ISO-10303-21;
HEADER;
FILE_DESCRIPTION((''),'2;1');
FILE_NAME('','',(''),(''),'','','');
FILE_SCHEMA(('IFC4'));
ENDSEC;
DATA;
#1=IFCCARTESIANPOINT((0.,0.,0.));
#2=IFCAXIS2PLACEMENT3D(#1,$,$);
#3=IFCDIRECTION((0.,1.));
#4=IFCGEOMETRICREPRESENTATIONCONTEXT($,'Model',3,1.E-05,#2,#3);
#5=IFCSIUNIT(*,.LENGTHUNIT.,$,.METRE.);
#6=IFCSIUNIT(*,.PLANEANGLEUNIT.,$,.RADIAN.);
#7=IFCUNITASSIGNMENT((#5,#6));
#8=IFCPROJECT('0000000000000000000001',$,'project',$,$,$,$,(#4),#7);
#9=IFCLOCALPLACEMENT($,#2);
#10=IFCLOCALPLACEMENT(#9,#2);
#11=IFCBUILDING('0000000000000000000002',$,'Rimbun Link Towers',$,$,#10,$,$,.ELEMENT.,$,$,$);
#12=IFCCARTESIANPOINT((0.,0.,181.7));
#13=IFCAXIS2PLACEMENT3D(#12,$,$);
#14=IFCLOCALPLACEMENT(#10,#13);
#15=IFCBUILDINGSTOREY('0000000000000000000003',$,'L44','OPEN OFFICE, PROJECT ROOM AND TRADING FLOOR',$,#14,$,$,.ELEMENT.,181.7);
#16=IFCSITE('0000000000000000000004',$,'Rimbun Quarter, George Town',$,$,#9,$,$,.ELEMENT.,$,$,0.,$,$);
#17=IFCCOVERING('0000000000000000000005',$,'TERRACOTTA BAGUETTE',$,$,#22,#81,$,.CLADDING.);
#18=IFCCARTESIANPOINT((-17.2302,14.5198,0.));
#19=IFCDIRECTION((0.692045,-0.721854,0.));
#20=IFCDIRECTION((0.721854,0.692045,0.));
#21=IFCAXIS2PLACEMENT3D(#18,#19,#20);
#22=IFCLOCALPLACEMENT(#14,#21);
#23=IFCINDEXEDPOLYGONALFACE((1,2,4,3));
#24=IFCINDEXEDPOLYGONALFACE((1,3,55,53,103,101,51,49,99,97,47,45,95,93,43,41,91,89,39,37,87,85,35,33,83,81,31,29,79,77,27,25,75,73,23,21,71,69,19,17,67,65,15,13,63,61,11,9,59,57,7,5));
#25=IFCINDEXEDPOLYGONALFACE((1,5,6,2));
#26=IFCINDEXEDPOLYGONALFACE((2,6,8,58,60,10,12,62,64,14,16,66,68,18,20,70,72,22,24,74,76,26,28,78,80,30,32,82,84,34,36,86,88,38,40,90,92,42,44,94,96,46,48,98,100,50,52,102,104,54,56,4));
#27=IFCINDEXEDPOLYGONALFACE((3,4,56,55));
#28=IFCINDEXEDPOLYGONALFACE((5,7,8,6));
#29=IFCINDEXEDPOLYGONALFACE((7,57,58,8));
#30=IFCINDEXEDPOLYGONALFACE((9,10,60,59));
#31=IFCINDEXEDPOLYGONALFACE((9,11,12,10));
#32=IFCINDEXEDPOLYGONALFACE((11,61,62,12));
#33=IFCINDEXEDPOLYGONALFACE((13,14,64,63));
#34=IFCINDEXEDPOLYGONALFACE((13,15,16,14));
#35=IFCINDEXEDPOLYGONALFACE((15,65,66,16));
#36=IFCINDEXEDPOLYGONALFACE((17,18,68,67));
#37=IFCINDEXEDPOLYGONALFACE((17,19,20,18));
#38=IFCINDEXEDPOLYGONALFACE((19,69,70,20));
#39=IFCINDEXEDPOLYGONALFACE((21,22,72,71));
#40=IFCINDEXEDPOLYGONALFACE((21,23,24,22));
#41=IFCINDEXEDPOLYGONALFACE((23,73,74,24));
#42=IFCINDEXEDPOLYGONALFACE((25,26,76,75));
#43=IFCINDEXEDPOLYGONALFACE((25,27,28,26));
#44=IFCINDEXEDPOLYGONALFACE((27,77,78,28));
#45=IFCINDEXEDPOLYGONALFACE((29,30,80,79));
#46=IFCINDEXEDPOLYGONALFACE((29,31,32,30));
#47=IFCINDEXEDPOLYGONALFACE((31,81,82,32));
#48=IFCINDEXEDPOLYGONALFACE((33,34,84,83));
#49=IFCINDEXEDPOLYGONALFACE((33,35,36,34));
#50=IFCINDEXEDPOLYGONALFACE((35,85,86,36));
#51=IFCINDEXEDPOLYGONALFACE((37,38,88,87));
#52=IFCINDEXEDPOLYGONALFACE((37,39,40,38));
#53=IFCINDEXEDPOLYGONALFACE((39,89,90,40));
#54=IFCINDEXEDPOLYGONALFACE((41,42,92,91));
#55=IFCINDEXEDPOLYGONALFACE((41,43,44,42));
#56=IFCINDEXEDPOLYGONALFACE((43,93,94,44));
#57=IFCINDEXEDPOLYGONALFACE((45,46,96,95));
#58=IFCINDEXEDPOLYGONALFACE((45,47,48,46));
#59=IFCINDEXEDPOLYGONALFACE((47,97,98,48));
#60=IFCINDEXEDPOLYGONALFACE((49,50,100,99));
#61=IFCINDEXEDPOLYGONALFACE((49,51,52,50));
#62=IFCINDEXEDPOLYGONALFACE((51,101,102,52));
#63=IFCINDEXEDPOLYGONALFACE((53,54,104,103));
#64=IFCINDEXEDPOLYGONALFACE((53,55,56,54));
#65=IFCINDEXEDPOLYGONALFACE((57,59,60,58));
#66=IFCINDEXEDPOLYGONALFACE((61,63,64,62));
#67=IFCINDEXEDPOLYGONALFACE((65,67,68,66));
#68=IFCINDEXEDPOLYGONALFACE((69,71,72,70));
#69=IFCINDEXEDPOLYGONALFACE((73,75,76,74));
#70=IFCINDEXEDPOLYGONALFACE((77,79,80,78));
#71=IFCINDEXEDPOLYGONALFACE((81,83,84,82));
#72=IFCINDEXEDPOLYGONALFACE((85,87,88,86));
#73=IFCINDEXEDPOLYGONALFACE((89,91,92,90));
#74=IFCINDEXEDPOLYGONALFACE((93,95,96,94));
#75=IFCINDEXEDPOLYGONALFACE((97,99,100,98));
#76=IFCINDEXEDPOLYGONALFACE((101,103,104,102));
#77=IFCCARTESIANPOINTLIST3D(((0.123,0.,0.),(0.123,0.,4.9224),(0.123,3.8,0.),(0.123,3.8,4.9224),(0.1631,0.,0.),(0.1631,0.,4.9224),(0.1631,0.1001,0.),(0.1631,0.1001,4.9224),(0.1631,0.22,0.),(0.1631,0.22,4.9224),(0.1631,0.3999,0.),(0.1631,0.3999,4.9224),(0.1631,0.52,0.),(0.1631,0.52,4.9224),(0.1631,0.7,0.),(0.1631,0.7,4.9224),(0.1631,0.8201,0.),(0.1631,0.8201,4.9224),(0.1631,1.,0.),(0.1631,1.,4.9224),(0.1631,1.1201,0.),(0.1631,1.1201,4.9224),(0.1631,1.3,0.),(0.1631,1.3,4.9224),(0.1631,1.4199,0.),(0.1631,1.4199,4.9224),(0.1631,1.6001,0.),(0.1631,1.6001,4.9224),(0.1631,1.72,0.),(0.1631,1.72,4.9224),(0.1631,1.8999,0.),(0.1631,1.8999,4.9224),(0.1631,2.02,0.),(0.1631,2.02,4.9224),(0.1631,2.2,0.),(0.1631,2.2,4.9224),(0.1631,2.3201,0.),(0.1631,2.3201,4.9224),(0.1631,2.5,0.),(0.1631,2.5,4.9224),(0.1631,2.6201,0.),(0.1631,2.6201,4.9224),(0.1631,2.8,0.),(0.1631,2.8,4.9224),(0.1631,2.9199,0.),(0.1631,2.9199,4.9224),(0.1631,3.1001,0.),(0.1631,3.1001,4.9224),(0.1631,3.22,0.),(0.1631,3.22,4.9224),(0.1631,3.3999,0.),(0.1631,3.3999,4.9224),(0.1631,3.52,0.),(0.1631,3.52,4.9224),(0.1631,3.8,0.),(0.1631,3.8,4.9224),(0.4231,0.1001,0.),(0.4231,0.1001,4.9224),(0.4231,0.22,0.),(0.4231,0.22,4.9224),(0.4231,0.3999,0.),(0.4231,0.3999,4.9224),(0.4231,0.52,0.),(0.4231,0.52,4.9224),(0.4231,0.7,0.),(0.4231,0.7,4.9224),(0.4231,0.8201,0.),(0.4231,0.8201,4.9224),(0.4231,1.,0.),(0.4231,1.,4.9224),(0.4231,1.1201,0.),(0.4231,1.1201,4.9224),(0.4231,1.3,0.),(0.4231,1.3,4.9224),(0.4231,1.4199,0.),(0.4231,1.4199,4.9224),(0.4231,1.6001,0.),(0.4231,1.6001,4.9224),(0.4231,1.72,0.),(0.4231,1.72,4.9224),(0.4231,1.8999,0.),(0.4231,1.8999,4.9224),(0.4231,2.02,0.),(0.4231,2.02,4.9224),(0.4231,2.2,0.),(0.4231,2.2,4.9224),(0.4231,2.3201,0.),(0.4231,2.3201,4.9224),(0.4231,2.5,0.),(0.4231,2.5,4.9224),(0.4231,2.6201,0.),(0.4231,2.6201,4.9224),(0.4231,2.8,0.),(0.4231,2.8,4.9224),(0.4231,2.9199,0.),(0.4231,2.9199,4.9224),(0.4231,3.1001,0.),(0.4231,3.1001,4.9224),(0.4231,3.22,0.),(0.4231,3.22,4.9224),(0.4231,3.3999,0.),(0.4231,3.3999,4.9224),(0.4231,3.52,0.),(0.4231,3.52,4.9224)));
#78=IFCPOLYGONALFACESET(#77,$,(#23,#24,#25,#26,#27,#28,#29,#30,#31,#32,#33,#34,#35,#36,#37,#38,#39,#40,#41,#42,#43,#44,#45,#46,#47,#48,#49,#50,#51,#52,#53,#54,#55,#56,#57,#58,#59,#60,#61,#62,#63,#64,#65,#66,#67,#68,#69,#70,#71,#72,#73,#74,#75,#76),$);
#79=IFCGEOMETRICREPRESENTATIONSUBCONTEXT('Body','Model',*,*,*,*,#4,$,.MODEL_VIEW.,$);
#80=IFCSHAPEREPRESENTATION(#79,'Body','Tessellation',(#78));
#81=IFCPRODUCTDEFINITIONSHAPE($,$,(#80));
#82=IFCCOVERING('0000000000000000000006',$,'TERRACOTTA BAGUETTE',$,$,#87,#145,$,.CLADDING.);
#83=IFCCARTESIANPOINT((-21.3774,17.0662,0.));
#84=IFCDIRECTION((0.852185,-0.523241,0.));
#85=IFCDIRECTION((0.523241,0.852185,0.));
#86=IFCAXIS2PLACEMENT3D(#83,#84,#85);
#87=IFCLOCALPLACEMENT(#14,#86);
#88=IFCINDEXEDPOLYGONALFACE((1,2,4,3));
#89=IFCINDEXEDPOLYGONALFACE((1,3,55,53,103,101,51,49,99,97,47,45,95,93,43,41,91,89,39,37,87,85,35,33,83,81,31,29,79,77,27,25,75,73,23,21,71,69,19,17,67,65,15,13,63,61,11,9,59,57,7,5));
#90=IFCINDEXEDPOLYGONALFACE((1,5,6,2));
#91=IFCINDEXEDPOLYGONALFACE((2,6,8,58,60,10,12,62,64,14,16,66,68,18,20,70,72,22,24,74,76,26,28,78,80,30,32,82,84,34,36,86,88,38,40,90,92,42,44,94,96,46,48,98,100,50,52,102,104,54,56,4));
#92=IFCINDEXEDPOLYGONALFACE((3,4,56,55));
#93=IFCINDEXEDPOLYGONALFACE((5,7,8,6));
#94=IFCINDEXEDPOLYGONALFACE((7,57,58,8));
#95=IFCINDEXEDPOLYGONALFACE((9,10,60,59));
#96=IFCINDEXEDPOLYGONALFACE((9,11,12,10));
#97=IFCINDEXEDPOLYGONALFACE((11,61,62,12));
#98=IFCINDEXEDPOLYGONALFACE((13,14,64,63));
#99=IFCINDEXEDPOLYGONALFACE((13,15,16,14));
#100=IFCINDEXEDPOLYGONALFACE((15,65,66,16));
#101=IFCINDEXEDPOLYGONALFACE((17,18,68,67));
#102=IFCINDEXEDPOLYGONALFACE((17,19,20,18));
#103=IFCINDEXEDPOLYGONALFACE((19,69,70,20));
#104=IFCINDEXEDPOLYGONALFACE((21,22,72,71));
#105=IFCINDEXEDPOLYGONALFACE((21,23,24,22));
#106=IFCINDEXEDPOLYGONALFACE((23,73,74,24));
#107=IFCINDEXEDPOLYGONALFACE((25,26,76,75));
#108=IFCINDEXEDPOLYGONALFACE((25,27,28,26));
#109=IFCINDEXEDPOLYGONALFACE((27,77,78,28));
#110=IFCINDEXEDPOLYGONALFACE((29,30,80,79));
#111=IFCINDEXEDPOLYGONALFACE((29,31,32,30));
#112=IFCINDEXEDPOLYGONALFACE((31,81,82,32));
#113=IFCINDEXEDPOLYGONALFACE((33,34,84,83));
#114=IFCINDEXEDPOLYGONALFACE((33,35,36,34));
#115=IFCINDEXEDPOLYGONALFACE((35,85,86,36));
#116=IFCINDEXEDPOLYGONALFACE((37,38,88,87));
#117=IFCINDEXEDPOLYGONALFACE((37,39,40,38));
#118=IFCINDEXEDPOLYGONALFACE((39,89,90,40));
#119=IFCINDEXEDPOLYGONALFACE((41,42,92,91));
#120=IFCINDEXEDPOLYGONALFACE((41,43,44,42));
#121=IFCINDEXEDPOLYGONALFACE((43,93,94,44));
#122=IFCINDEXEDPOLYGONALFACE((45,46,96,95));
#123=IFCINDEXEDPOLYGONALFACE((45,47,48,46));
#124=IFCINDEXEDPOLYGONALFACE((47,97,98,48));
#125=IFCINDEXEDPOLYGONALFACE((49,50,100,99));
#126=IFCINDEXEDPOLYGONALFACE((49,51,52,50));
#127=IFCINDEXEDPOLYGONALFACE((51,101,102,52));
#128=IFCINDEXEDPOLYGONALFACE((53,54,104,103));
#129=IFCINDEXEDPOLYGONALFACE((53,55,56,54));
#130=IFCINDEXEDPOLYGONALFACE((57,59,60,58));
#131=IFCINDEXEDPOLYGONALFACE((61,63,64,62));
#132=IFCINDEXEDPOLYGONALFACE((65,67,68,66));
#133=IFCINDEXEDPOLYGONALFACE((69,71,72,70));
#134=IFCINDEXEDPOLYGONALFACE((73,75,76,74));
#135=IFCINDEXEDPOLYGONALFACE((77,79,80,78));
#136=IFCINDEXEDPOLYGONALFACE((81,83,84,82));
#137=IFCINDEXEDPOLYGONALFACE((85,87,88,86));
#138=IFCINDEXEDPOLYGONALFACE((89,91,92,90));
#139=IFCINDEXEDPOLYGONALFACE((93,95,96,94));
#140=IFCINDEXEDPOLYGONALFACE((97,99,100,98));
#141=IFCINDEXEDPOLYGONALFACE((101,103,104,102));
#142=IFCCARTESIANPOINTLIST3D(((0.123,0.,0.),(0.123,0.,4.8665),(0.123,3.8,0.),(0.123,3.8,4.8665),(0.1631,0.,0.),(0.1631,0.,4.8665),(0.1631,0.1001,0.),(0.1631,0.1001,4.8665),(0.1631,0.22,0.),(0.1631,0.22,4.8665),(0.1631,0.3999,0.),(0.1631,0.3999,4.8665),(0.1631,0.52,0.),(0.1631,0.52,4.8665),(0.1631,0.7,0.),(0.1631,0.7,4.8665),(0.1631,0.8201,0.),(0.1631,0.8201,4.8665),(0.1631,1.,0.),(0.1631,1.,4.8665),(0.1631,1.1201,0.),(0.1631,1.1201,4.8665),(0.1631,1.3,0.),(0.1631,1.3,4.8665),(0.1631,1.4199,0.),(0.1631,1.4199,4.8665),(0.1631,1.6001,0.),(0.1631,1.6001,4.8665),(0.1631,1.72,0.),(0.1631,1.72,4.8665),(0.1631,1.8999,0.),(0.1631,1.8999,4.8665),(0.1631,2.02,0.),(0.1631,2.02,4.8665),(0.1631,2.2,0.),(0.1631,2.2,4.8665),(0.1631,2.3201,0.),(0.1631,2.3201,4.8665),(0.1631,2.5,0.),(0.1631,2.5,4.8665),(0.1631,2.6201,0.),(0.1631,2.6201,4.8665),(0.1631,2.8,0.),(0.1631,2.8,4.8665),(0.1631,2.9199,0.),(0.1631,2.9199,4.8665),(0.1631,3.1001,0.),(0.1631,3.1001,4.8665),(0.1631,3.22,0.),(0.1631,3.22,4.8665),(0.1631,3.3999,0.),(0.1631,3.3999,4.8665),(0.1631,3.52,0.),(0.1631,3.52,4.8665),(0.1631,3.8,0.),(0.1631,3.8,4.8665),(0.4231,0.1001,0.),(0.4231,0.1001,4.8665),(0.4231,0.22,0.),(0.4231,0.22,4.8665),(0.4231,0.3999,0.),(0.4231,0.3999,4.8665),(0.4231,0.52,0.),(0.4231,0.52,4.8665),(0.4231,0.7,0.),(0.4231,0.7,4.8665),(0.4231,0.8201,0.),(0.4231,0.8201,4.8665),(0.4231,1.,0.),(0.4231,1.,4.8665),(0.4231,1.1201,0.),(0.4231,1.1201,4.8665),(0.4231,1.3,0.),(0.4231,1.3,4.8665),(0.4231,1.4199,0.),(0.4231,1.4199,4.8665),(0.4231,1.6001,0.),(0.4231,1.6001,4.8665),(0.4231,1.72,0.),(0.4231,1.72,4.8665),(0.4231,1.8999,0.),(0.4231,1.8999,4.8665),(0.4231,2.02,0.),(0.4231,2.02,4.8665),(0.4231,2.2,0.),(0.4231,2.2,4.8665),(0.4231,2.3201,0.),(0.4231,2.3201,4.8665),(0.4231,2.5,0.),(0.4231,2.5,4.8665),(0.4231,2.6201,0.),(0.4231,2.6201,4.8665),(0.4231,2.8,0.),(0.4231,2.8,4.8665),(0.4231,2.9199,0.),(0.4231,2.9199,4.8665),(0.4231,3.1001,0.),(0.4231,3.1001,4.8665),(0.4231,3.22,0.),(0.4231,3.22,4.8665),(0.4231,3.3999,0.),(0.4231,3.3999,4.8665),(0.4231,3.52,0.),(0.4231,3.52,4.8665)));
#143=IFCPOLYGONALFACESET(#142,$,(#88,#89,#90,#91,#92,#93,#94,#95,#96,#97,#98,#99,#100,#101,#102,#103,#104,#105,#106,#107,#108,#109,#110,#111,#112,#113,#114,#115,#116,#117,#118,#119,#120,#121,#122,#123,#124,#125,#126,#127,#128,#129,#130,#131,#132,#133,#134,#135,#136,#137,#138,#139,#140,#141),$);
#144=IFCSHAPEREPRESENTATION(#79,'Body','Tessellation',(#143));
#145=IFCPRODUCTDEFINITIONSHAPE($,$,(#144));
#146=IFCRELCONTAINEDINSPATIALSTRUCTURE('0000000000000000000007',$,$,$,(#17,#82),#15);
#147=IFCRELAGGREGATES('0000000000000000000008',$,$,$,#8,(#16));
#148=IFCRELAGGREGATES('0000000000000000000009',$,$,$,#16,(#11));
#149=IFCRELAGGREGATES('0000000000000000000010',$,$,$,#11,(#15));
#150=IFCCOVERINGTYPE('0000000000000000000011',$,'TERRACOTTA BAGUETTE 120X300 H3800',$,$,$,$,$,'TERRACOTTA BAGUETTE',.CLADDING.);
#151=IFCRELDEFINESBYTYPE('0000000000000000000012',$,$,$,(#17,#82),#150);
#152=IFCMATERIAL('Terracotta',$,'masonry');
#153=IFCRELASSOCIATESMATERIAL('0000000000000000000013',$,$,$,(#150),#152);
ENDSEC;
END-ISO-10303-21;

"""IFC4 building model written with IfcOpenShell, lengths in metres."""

from ifc_helpers import new_model, si_unit, direction, frame, origin, place, context, subcontext, project, spatial, polyline, outline, extrude, material, material_profile, profile_set, type_object, element, save


model = new_model("IFC4")

# Units and contexts
model_context = context("Model", 3, precision=1e-05, world=origin(), true_north=direction((0.0, 1.0)))
body_context = subcontext(model_context, "Body", "Model", "MODEL_VIEW")
ifc_project = project(units=[si_unit("LENGTHUNIT", "METRE"), si_unit("PLANEANGLEUNIT", "RADIAN")], contexts=[model_context])

# Site, building, storey
site_placement = place(None, origin())
site = spatial("IfcSite", under=ifc_project, at=site_placement, Name="Rimbun Quarter, George Town", CompositionType="ELEMENT", RefElevation=0.0)
building_placement = place(site_placement, origin())
building = spatial("IfcBuilding", under=site, at=building_placement, Name="Rimbun Link Towers", CompositionType="ELEMENT")
storey_placement = place(building_placement, frame((0.0, 0.0, 181.7)))
storey = spatial("IfcBuildingStorey", under=building, at=storey_placement, Name="L44", Description="OPEN OFFICE, PROJECT ROOM AND TRADING FLOOR", CompositionType="ELEMENT", Elevation=181.7)

# Coverings
ifc_material_1 = material(Name="Terracotta", Category="masonry")
ifc_material_profile_1 = material_profile(ifc_material_1, outline(polyline([(0.123, 0.0), (0.1631, 0.0), (0.1631, 0.1001), (0.4231, 0.1001), (0.4231, 0.22), (0.1631, 0.22), (0.1631, 0.3999), (0.4231, 0.3999), (0.4231, 0.52), (0.1631, 0.52), (0.1631, 0.7), (0.4231, 0.7), (0.4231, 0.8201), (0.1631, 0.8201), (0.1631, 1.0), (0.4231, 1.0), (0.4231, 1.1201), (0.1631, 1.1201), (0.1631, 1.3), (0.4231, 1.3), (0.4231, 1.4199), (0.1631, 1.4199), (0.1631, 1.6001), (0.4231, 1.6001), (0.4231, 1.72), (0.1631, 1.72), (0.1631, 1.8999), (0.4231, 1.8999), (0.4231, 2.02), (0.1631, 2.02), (0.1631, 2.2), (0.4231, 2.2), (0.4231, 2.3201), (0.1631, 2.3201), (0.1631, 2.5), (0.4231, 2.5), (0.4231, 2.6201), (0.1631, 2.6201), (0.1631, 2.8), (0.4231, 2.8), (0.4231, 2.9199), (0.1631, 2.9199), (0.1631, 3.1001), (0.4231, 3.1001), (0.4231, 3.22), (0.1631, 3.22), (0.1631, 3.3999), (0.4231, 3.3999), (0.4231, 3.52), (0.1631, 3.52), (0.1631, 3.8), (0.123, 3.8), (0.123, 0.0)])), Name="BAGUETTE 120X300")
ifc_profile_set_1 = profile_set([ifc_material_profile_1], Name="Terracotta")
covering_type = type_object("IfcCoveringType", Name="TERRACOTTA BAGUETTE 120X300 H3800", ElementType="TERRACOTTA BAGUETTE", PredefinedType="CLADDING", material=ifc_profile_set_1)
covering_1_placement = place(storey_placement, frame((-17.2302, 14.5198, 0.0), z_axis=(0.692045, -0.721854, 0.0), x_axis=(0.721854, 0.692045, 0.0)))
element("IfcCovering", 1, at=covering_1_placement, inside=storey, type_object=covering_type, Name="TERRACOTTA BAGUETTE", PredefinedType="CLADDING", context=body_context, shape_type="SweptSolid", body=[
    extrude(outline(polyline([(0.123, 0.0), (0.1631, 0.0), (0.1631, 0.1001), (0.4231, 0.1001), (0.4231, 0.22), (0.1631, 0.22), (0.1631, 0.3999), (0.4231, 0.3999), (0.4231, 0.52), (0.1631, 0.52), (0.1631, 0.7), (0.4231, 0.7), (0.4231, 0.8201), (0.1631, 0.8201), (0.1631, 1.0), (0.4231, 1.0), (0.4231, 1.1201), (0.1631, 1.1201), (0.1631, 1.3), (0.4231, 1.3), (0.4231, 1.4199), (0.1631, 1.4199), (0.1631, 1.6001), (0.4231, 1.6001), (0.4231, 1.72), (0.1631, 1.72), (0.1631, 1.8999), (0.4231, 1.8999), (0.4231, 2.02), (0.1631, 2.02), (0.1631, 2.2), (0.4231, 2.2), (0.4231, 2.3201), (0.1631, 2.3201), (0.1631, 2.5), (0.4231, 2.5), (0.4231, 2.6201), (0.1631, 2.6201), (0.1631, 2.8), (0.4231, 2.8), (0.4231, 2.9199), (0.1631, 2.9199), (0.1631, 3.1001), (0.4231, 3.1001), (0.4231, 3.22), (0.1631, 3.22), (0.1631, 3.3999), (0.4231, 3.3999), (0.4231, 3.52), (0.1631, 3.52), (0.1631, 3.8), (0.123, 3.8), (0.123, 0.0)])), origin(), (0.0, 0.0, 1.0), 4.9224),
])
covering_2_placement = place(storey_placement, frame((-21.3774, 17.0662, 0.0), z_axis=(0.852185, -0.523241, 0.0), x_axis=(0.523241, 0.852185, 0.0)))
element("IfcCovering", 2, at=covering_2_placement, inside=storey, type_object=covering_type, Name="TERRACOTTA BAGUETTE", PredefinedType="CLADDING", context=body_context, shape_type="SweptSolid", body=[
    extrude(outline(polyline([(0.123, 0.0), (0.1631, 0.0), (0.1631, 0.1001), (0.4231, 0.1001), (0.4231, 0.22), (0.1631, 0.22), (0.1631, 0.3999), (0.4231, 0.3999), (0.4231, 0.52), (0.1631, 0.52), (0.1631, 0.7), (0.4231, 0.7), (0.4231, 0.8201), (0.1631, 0.8201), (0.1631, 1.0), (0.4231, 1.0), (0.4231, 1.1201), (0.1631, 1.1201), (0.1631, 1.3), (0.4231, 1.3), (0.4231, 1.4199), (0.1631, 1.4199), (0.1631, 1.6001), (0.4231, 1.6001), (0.4231, 1.72), (0.1631, 1.72), (0.1631, 1.8999), (0.4231, 1.8999), (0.4231, 2.02), (0.1631, 2.02), (0.1631, 2.2), (0.4231, 2.2), (0.4231, 2.3201), (0.1631, 2.3201), (0.1631, 2.5), (0.4231, 2.5), (0.4231, 2.6201), (0.1631, 2.6201), (0.1631, 2.8), (0.4231, 2.8), (0.4231, 2.9199), (0.1631, 2.9199), (0.1631, 3.1001), (0.4231, 3.1001), (0.4231, 3.22), (0.1631, 3.22), (0.1631, 3.3999), (0.4231, 3.3999), (0.4231, 3.52), (0.1631, 3.52), (0.1631, 3.8), (0.123, 3.8), (0.123, 0.0)])), origin(), (0.0, 0.0, 1.0), 4.8665),
])

save(model, "model.ifc")
